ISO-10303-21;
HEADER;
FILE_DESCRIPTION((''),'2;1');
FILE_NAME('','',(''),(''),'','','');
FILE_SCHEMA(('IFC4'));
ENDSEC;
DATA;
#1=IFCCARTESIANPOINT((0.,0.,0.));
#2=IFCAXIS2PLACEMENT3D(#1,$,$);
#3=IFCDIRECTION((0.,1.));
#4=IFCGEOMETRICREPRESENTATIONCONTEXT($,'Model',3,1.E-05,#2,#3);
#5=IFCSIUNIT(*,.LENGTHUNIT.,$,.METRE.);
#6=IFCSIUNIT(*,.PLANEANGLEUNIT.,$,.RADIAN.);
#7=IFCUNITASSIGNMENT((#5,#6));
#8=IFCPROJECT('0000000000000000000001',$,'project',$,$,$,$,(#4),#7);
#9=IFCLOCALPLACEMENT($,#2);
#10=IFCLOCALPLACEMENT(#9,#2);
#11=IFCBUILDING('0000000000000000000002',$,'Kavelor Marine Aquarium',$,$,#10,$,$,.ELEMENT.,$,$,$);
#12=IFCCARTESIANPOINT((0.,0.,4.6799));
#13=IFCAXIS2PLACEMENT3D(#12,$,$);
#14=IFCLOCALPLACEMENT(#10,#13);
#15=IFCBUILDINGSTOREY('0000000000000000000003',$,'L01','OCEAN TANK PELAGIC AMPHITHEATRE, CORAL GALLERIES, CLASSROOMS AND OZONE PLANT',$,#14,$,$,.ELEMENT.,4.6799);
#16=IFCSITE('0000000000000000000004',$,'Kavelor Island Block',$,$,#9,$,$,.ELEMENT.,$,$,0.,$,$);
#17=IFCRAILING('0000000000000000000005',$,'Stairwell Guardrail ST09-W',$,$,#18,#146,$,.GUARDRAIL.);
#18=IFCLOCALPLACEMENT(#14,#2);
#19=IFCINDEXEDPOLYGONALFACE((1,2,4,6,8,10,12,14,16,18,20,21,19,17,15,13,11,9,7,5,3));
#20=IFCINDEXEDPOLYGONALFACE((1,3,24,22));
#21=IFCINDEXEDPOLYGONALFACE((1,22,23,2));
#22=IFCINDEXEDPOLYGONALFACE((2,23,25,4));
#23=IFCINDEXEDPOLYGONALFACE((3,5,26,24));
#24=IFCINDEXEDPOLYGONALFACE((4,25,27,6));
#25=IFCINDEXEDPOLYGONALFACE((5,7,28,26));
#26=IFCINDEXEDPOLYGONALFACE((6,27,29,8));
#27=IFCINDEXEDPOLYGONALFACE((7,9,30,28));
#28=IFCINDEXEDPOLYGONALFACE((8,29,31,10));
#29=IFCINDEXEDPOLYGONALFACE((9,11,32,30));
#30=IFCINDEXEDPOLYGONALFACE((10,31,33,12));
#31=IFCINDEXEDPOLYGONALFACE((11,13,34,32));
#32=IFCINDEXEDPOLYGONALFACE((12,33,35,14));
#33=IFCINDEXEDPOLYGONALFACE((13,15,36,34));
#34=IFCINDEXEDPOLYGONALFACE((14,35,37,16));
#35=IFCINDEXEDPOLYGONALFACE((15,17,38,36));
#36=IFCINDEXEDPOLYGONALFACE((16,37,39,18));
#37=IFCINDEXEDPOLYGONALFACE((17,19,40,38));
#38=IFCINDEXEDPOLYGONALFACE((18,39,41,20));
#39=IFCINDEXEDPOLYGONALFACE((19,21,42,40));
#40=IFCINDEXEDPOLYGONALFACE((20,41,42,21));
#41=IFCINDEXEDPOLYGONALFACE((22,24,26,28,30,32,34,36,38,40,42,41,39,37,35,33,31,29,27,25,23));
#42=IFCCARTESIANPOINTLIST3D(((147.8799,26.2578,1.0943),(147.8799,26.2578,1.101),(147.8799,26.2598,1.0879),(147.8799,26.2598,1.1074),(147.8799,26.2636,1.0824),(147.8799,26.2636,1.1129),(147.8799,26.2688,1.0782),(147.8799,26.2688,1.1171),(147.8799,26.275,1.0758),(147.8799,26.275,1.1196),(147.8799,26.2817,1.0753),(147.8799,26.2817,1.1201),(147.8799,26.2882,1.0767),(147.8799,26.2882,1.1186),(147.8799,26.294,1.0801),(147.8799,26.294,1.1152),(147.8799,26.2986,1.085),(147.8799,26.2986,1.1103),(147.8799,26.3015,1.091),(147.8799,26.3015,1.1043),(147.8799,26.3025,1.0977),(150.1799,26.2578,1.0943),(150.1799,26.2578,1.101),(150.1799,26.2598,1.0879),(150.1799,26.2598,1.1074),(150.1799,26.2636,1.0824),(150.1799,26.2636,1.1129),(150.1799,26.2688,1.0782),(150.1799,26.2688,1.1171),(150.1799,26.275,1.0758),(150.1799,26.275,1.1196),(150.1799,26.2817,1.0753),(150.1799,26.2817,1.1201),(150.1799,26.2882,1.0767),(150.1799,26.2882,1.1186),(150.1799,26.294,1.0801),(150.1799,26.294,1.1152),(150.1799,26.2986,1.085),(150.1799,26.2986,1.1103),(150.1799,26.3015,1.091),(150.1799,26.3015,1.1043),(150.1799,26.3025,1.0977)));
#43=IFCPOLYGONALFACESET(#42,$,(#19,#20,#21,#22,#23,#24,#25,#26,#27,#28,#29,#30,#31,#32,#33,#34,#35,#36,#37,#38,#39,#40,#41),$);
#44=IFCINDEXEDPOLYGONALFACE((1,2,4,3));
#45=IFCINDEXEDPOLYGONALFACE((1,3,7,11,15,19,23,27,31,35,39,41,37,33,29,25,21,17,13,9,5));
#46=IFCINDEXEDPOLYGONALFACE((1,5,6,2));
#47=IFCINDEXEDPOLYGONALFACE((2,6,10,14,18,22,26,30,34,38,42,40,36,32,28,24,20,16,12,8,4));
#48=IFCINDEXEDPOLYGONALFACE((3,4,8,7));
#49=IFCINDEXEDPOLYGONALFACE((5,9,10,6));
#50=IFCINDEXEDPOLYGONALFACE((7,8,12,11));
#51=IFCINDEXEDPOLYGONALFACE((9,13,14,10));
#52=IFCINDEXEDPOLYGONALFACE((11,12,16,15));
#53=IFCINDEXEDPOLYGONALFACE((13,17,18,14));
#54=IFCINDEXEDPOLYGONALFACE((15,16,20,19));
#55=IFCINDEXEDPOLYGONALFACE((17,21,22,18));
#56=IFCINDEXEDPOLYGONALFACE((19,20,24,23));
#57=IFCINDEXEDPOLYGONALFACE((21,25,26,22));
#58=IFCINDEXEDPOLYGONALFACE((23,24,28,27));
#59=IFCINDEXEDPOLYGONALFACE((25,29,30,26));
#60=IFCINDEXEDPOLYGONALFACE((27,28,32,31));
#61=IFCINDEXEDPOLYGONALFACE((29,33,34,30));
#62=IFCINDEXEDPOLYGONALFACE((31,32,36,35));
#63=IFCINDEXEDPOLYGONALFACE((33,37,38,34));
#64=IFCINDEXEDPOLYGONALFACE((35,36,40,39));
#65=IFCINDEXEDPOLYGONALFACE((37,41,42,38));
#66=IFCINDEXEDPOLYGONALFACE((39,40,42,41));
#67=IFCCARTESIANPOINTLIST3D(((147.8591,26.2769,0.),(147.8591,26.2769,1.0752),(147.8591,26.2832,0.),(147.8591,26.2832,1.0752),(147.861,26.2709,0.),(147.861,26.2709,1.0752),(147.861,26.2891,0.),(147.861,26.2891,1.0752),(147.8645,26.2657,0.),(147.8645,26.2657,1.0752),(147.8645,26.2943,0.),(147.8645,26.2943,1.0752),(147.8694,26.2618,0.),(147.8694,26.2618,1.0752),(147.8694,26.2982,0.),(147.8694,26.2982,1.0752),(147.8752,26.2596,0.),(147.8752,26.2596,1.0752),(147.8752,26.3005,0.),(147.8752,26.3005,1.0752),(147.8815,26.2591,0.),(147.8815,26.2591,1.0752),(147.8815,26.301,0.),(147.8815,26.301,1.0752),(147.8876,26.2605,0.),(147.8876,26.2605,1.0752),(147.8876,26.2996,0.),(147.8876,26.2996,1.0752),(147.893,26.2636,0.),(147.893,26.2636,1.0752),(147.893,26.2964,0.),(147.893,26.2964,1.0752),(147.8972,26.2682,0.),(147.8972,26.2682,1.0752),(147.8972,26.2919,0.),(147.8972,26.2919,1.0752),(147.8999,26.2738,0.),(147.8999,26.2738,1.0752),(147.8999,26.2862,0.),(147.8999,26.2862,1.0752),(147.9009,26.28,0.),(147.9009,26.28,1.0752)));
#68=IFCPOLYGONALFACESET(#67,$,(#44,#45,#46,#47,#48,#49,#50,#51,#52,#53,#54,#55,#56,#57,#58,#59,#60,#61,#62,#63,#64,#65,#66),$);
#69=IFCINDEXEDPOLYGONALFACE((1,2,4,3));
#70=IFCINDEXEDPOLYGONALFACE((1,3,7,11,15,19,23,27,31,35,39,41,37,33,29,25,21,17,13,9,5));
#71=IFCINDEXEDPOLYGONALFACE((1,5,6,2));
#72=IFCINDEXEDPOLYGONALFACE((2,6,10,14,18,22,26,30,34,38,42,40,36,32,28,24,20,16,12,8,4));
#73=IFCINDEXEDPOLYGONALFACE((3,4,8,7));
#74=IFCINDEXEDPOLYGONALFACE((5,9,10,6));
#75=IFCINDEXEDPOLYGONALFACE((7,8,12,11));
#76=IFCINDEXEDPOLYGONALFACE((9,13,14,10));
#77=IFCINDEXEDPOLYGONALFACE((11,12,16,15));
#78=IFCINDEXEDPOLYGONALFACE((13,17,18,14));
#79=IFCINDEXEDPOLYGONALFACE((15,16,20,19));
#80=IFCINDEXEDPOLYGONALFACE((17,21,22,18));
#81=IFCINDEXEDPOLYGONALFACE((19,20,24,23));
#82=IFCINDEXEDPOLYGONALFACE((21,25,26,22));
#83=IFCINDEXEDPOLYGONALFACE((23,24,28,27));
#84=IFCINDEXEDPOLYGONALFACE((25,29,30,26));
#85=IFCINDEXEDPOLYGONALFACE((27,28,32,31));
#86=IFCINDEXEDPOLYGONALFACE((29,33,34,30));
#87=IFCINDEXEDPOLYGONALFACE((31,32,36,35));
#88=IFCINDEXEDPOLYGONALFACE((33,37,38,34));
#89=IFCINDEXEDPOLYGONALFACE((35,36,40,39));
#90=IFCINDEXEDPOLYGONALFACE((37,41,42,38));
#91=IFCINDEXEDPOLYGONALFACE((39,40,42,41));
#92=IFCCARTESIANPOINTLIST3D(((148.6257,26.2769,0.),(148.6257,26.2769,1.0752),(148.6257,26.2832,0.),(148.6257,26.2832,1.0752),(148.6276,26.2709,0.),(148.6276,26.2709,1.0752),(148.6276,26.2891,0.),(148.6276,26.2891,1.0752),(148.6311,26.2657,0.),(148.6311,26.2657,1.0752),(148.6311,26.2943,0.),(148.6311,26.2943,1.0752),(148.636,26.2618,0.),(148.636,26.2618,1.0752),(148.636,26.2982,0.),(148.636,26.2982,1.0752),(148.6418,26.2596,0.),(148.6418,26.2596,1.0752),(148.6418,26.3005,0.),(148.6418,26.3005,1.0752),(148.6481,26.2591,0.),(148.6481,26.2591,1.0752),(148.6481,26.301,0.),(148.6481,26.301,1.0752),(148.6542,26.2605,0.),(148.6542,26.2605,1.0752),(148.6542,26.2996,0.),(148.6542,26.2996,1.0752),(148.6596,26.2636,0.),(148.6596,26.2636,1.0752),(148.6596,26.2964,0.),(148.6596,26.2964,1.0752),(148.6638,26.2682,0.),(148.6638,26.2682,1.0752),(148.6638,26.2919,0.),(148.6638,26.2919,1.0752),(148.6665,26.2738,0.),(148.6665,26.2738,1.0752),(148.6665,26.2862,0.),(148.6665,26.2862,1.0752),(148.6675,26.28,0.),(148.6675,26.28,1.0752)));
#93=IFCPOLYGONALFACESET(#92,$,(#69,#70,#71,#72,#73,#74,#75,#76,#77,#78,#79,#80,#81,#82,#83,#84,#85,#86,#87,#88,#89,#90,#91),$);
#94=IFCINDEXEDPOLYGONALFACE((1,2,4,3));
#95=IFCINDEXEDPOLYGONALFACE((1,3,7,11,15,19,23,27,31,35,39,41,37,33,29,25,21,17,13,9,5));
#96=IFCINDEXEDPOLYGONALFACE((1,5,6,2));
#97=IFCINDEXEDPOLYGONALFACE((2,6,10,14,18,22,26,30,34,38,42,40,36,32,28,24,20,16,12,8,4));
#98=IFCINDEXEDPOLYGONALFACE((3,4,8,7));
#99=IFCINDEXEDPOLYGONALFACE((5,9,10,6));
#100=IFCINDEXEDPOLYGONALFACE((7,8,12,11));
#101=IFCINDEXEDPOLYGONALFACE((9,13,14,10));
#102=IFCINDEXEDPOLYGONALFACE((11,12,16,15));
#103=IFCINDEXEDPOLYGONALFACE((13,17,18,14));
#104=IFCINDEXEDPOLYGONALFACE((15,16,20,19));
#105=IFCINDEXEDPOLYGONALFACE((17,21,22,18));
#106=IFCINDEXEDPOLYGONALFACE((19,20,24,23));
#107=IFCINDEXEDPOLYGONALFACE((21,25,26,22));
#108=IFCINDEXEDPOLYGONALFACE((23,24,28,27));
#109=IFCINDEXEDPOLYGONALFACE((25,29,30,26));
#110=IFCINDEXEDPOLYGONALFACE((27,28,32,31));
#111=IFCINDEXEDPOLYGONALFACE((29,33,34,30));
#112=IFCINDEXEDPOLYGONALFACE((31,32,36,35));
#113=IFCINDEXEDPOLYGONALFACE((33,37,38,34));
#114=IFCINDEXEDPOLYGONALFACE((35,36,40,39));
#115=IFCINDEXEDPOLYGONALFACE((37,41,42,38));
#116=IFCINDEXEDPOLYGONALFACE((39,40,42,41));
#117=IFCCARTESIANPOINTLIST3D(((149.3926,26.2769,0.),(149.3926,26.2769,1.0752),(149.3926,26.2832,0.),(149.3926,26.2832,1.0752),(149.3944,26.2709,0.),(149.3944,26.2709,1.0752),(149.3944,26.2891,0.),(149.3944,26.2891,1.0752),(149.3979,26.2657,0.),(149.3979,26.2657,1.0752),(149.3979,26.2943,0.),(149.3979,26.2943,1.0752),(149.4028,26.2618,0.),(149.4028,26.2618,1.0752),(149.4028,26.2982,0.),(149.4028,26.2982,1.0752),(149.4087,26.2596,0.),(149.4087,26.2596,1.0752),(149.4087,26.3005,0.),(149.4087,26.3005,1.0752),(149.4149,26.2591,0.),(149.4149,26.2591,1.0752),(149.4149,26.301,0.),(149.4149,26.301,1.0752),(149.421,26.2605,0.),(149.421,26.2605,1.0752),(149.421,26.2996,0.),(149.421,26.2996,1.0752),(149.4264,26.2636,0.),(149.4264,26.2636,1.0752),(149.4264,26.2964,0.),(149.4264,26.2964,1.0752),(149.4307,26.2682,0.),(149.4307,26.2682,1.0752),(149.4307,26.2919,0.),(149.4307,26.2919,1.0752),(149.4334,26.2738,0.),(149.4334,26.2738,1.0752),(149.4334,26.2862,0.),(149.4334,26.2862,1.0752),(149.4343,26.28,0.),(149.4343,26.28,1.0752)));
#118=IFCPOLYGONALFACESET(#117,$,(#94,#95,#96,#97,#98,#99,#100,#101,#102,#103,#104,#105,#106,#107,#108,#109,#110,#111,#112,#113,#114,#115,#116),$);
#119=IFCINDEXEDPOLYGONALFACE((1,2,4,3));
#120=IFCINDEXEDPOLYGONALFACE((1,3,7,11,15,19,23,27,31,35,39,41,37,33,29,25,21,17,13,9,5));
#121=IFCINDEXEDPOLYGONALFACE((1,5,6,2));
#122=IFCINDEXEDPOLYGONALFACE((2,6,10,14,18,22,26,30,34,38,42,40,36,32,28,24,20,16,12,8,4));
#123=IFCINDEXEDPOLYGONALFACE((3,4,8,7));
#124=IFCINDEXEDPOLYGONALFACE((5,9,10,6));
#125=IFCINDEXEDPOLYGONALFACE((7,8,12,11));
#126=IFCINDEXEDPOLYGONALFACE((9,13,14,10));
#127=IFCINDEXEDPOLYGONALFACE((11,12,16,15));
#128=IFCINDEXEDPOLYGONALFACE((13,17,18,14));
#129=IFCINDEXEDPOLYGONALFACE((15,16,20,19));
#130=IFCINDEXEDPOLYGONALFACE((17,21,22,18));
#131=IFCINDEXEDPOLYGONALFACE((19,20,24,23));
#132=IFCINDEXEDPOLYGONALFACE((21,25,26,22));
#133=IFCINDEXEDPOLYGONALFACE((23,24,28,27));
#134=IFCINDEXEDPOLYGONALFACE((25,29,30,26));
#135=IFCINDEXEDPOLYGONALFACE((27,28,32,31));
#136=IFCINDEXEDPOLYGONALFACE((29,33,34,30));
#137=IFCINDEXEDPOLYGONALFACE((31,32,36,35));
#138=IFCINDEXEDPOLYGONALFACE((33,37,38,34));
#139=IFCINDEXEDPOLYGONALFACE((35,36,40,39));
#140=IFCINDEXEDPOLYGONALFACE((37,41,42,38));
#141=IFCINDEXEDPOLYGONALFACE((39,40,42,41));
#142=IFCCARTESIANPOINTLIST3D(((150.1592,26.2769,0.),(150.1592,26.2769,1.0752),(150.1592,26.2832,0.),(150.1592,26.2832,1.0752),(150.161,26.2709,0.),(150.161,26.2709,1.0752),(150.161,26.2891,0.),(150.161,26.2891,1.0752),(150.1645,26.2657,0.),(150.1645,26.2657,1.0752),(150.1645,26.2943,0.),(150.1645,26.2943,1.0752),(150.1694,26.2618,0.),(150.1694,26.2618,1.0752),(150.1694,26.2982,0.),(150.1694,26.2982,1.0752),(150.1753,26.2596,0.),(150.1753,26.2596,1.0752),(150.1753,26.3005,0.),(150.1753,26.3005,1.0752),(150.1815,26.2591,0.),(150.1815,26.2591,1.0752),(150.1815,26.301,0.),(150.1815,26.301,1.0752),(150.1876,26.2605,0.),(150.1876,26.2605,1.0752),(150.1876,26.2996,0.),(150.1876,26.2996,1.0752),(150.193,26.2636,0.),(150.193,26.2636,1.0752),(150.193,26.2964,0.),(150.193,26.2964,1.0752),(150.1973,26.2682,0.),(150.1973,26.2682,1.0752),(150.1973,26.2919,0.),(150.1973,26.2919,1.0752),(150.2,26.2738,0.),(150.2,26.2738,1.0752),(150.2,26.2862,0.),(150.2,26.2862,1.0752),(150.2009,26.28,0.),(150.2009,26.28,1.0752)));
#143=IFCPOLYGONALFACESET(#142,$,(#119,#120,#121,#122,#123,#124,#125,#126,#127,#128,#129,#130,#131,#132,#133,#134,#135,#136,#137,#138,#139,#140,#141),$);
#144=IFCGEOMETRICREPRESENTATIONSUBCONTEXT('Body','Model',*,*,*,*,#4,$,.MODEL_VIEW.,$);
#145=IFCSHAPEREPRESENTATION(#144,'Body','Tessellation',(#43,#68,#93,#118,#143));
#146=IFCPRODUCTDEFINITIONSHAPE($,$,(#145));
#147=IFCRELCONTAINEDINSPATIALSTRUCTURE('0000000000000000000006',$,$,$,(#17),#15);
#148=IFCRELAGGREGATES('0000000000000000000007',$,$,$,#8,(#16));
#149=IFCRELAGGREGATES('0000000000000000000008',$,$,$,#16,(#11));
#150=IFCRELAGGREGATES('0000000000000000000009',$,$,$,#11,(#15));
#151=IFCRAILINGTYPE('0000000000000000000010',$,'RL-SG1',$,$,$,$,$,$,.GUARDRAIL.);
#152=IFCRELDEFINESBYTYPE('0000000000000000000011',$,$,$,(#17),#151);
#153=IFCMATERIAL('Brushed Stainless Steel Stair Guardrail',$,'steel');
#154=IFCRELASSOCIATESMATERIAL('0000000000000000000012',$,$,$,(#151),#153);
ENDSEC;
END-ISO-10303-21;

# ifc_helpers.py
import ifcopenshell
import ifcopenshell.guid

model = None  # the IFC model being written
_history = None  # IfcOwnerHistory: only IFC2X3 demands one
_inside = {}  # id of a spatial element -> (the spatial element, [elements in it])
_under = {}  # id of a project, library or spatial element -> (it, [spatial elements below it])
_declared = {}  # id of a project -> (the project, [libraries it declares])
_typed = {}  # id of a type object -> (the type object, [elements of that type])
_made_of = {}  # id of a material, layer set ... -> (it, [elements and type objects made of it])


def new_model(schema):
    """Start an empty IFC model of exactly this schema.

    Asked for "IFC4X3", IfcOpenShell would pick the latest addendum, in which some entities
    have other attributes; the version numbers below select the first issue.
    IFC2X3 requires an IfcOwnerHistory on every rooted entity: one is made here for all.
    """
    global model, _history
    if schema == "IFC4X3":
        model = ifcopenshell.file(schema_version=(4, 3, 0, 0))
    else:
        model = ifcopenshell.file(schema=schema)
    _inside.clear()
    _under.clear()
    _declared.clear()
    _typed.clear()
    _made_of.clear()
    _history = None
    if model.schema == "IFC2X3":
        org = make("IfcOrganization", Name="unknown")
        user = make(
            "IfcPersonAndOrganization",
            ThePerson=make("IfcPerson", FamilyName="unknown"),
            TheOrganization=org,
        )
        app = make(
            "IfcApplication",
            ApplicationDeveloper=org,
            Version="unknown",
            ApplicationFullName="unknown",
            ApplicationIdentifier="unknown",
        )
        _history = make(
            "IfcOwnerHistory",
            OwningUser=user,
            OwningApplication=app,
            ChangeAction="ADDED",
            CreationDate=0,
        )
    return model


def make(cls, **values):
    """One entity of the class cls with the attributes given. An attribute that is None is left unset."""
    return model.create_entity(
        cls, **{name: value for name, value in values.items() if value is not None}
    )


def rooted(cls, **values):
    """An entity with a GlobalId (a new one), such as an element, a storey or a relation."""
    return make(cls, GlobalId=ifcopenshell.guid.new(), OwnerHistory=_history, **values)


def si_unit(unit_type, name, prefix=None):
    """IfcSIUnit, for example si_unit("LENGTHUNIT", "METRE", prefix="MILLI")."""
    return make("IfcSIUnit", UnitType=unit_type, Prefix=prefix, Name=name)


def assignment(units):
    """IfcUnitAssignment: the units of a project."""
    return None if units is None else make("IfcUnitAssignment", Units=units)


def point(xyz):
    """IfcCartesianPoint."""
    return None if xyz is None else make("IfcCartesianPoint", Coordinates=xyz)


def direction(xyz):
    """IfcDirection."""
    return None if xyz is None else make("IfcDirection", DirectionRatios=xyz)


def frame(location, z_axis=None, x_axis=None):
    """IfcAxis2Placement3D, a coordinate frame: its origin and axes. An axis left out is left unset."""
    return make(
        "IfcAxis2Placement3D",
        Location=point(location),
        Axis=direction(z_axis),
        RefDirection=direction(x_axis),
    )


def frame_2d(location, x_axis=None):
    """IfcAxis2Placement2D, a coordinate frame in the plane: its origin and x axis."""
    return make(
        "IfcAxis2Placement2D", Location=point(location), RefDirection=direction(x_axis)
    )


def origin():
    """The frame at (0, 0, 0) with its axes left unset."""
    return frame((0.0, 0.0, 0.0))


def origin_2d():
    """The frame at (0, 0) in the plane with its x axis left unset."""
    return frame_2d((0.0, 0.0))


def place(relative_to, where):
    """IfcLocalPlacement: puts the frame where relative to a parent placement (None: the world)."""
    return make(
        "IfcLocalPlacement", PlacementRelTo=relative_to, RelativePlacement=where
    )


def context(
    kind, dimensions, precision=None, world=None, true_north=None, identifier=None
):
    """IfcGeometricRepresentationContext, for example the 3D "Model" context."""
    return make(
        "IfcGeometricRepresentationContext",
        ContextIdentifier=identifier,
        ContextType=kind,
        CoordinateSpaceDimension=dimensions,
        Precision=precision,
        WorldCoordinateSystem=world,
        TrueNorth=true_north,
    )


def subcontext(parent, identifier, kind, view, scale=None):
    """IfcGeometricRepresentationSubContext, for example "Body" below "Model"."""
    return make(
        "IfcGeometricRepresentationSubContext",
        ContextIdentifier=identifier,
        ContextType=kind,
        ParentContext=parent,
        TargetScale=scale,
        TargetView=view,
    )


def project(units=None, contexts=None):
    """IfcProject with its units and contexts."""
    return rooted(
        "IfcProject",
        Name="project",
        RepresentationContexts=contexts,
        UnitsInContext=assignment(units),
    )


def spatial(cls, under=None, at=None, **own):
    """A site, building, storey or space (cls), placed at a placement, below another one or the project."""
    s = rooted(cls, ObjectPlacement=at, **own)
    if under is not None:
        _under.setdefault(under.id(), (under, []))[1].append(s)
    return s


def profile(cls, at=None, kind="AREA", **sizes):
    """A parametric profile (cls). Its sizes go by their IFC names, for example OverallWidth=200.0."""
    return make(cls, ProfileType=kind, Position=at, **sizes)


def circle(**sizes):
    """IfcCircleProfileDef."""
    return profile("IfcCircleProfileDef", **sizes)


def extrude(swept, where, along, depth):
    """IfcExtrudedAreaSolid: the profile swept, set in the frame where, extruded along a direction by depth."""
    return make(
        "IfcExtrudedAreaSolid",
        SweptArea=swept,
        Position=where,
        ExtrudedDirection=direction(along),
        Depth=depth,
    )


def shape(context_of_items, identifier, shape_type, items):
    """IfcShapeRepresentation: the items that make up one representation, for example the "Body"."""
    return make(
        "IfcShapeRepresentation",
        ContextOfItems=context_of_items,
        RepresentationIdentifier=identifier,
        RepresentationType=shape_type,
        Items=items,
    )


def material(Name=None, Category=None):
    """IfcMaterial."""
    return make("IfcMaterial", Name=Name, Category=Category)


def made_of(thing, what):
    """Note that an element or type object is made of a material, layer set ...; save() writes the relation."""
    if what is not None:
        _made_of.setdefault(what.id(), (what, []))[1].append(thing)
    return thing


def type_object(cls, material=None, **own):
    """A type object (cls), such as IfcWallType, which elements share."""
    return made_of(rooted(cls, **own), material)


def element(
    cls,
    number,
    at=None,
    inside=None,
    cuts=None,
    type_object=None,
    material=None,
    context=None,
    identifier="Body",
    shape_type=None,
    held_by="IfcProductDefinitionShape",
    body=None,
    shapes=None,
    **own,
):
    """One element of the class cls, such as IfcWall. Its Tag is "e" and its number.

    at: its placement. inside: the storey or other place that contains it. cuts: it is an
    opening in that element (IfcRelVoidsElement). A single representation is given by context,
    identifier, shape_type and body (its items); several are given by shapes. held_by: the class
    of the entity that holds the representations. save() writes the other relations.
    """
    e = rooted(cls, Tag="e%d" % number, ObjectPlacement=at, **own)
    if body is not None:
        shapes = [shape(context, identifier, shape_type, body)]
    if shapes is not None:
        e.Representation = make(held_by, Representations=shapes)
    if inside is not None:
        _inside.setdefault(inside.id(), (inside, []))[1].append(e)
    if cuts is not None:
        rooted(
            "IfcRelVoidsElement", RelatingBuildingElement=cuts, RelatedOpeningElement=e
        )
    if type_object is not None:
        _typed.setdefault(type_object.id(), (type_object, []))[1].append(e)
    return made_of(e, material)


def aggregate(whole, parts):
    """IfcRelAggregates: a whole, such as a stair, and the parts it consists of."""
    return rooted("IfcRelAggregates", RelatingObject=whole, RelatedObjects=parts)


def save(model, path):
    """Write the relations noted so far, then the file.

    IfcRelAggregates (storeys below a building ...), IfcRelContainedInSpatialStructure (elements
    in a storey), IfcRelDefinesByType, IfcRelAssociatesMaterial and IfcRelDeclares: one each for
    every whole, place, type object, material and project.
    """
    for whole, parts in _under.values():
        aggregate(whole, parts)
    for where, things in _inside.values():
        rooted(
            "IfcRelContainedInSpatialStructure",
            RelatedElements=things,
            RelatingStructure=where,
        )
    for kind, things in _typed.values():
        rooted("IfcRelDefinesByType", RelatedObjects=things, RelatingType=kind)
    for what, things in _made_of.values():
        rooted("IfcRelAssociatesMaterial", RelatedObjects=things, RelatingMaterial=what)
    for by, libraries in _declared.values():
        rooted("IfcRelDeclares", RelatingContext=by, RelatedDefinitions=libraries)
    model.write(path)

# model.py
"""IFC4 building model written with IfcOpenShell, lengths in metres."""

from ifc_helpers import new_model, si_unit, direction, frame, origin, origin_2d, place, context, subcontext, project, spatial, circle, extrude, material, type_object, element, save


model = new_model("IFC4")

# Units and contexts
model_context = context("Model", 3, precision=1e-05, world=origin(), true_north=direction((0.0, 1.0)))
body_context = subcontext(model_context, "Body", "Model", "MODEL_VIEW")
ifc_project = project(units=[si_unit("LENGTHUNIT", "METRE"), si_unit("PLANEANGLEUNIT", "RADIAN")], contexts=[model_context])

# Site, building, storey
site_placement = place(None, origin())
site = spatial("IfcSite", under=ifc_project, at=site_placement, Name="Kavelor Island Block", CompositionType="ELEMENT", RefElevation=0.0)
building_placement = place(site_placement, origin())
building = spatial("IfcBuilding", under=site, at=building_placement, Name="Kavelor Marine Aquarium", CompositionType="ELEMENT")
storey_placement = place(building_placement, frame((0.0, 0.0, 4.6799)))
storey = spatial("IfcBuildingStorey", under=building, at=storey_placement, Name="L01", Description="OCEAN TANK PELAGIC AMPHITHEATRE, CORAL GALLERIES, CLASSROOMS AND OZONE PLANT", CompositionType="ELEMENT", Elevation=4.6799)

# Railing
ifc_material_1 = material(Name="Brushed Stainless Steel Stair Guardrail", Category="steel")
railing_type_1 = type_object("IfcRailingType", Name="RL-SG1", PredefinedType="GUARDRAIL", material=ifc_material_1)
railing_1_placement = place(storey_placement, frame((147.8799, 26.28, 0.0)))
element("IfcRailing", 1, at=railing_1_placement, inside=storey, type_object=railing_type_1, Name="Stairwell Guardrail ST09-W", PredefinedType="GUARDRAIL", context=body_context, shape_type="SweptSolid", body=[
    extrude(circle(Radius=0.0225, at=origin_2d()), frame((0.0, 0.0, 1.0977), z_axis=(1.0, 0.0, 0.0), x_axis=(0.0, 1.0, 0.0)), (0.0, 0.0, 1.0), 2.3),
    extrude(circle(Radius=0.021, at=origin_2d()), origin(), (0.0, 0.0, 1.0), 1.0752),
    extrude(circle(Radius=0.021, at=origin_2d()), frame((0.7666, 0.0, 0.0)), (0.0, 0.0, 1.0), 1.0752),
    extrude(circle(Radius=0.021, at=origin_2d()), frame((1.5334, 0.0, 0.0)), (0.0, 0.0, 1.0), 1.0752),
    extrude(circle(Radius=0.021, at=origin_2d()), frame((2.3, 0.0, 0.0)), (0.0, 0.0, 1.0), 1.0752),
])

save(model, "model.ifc")
